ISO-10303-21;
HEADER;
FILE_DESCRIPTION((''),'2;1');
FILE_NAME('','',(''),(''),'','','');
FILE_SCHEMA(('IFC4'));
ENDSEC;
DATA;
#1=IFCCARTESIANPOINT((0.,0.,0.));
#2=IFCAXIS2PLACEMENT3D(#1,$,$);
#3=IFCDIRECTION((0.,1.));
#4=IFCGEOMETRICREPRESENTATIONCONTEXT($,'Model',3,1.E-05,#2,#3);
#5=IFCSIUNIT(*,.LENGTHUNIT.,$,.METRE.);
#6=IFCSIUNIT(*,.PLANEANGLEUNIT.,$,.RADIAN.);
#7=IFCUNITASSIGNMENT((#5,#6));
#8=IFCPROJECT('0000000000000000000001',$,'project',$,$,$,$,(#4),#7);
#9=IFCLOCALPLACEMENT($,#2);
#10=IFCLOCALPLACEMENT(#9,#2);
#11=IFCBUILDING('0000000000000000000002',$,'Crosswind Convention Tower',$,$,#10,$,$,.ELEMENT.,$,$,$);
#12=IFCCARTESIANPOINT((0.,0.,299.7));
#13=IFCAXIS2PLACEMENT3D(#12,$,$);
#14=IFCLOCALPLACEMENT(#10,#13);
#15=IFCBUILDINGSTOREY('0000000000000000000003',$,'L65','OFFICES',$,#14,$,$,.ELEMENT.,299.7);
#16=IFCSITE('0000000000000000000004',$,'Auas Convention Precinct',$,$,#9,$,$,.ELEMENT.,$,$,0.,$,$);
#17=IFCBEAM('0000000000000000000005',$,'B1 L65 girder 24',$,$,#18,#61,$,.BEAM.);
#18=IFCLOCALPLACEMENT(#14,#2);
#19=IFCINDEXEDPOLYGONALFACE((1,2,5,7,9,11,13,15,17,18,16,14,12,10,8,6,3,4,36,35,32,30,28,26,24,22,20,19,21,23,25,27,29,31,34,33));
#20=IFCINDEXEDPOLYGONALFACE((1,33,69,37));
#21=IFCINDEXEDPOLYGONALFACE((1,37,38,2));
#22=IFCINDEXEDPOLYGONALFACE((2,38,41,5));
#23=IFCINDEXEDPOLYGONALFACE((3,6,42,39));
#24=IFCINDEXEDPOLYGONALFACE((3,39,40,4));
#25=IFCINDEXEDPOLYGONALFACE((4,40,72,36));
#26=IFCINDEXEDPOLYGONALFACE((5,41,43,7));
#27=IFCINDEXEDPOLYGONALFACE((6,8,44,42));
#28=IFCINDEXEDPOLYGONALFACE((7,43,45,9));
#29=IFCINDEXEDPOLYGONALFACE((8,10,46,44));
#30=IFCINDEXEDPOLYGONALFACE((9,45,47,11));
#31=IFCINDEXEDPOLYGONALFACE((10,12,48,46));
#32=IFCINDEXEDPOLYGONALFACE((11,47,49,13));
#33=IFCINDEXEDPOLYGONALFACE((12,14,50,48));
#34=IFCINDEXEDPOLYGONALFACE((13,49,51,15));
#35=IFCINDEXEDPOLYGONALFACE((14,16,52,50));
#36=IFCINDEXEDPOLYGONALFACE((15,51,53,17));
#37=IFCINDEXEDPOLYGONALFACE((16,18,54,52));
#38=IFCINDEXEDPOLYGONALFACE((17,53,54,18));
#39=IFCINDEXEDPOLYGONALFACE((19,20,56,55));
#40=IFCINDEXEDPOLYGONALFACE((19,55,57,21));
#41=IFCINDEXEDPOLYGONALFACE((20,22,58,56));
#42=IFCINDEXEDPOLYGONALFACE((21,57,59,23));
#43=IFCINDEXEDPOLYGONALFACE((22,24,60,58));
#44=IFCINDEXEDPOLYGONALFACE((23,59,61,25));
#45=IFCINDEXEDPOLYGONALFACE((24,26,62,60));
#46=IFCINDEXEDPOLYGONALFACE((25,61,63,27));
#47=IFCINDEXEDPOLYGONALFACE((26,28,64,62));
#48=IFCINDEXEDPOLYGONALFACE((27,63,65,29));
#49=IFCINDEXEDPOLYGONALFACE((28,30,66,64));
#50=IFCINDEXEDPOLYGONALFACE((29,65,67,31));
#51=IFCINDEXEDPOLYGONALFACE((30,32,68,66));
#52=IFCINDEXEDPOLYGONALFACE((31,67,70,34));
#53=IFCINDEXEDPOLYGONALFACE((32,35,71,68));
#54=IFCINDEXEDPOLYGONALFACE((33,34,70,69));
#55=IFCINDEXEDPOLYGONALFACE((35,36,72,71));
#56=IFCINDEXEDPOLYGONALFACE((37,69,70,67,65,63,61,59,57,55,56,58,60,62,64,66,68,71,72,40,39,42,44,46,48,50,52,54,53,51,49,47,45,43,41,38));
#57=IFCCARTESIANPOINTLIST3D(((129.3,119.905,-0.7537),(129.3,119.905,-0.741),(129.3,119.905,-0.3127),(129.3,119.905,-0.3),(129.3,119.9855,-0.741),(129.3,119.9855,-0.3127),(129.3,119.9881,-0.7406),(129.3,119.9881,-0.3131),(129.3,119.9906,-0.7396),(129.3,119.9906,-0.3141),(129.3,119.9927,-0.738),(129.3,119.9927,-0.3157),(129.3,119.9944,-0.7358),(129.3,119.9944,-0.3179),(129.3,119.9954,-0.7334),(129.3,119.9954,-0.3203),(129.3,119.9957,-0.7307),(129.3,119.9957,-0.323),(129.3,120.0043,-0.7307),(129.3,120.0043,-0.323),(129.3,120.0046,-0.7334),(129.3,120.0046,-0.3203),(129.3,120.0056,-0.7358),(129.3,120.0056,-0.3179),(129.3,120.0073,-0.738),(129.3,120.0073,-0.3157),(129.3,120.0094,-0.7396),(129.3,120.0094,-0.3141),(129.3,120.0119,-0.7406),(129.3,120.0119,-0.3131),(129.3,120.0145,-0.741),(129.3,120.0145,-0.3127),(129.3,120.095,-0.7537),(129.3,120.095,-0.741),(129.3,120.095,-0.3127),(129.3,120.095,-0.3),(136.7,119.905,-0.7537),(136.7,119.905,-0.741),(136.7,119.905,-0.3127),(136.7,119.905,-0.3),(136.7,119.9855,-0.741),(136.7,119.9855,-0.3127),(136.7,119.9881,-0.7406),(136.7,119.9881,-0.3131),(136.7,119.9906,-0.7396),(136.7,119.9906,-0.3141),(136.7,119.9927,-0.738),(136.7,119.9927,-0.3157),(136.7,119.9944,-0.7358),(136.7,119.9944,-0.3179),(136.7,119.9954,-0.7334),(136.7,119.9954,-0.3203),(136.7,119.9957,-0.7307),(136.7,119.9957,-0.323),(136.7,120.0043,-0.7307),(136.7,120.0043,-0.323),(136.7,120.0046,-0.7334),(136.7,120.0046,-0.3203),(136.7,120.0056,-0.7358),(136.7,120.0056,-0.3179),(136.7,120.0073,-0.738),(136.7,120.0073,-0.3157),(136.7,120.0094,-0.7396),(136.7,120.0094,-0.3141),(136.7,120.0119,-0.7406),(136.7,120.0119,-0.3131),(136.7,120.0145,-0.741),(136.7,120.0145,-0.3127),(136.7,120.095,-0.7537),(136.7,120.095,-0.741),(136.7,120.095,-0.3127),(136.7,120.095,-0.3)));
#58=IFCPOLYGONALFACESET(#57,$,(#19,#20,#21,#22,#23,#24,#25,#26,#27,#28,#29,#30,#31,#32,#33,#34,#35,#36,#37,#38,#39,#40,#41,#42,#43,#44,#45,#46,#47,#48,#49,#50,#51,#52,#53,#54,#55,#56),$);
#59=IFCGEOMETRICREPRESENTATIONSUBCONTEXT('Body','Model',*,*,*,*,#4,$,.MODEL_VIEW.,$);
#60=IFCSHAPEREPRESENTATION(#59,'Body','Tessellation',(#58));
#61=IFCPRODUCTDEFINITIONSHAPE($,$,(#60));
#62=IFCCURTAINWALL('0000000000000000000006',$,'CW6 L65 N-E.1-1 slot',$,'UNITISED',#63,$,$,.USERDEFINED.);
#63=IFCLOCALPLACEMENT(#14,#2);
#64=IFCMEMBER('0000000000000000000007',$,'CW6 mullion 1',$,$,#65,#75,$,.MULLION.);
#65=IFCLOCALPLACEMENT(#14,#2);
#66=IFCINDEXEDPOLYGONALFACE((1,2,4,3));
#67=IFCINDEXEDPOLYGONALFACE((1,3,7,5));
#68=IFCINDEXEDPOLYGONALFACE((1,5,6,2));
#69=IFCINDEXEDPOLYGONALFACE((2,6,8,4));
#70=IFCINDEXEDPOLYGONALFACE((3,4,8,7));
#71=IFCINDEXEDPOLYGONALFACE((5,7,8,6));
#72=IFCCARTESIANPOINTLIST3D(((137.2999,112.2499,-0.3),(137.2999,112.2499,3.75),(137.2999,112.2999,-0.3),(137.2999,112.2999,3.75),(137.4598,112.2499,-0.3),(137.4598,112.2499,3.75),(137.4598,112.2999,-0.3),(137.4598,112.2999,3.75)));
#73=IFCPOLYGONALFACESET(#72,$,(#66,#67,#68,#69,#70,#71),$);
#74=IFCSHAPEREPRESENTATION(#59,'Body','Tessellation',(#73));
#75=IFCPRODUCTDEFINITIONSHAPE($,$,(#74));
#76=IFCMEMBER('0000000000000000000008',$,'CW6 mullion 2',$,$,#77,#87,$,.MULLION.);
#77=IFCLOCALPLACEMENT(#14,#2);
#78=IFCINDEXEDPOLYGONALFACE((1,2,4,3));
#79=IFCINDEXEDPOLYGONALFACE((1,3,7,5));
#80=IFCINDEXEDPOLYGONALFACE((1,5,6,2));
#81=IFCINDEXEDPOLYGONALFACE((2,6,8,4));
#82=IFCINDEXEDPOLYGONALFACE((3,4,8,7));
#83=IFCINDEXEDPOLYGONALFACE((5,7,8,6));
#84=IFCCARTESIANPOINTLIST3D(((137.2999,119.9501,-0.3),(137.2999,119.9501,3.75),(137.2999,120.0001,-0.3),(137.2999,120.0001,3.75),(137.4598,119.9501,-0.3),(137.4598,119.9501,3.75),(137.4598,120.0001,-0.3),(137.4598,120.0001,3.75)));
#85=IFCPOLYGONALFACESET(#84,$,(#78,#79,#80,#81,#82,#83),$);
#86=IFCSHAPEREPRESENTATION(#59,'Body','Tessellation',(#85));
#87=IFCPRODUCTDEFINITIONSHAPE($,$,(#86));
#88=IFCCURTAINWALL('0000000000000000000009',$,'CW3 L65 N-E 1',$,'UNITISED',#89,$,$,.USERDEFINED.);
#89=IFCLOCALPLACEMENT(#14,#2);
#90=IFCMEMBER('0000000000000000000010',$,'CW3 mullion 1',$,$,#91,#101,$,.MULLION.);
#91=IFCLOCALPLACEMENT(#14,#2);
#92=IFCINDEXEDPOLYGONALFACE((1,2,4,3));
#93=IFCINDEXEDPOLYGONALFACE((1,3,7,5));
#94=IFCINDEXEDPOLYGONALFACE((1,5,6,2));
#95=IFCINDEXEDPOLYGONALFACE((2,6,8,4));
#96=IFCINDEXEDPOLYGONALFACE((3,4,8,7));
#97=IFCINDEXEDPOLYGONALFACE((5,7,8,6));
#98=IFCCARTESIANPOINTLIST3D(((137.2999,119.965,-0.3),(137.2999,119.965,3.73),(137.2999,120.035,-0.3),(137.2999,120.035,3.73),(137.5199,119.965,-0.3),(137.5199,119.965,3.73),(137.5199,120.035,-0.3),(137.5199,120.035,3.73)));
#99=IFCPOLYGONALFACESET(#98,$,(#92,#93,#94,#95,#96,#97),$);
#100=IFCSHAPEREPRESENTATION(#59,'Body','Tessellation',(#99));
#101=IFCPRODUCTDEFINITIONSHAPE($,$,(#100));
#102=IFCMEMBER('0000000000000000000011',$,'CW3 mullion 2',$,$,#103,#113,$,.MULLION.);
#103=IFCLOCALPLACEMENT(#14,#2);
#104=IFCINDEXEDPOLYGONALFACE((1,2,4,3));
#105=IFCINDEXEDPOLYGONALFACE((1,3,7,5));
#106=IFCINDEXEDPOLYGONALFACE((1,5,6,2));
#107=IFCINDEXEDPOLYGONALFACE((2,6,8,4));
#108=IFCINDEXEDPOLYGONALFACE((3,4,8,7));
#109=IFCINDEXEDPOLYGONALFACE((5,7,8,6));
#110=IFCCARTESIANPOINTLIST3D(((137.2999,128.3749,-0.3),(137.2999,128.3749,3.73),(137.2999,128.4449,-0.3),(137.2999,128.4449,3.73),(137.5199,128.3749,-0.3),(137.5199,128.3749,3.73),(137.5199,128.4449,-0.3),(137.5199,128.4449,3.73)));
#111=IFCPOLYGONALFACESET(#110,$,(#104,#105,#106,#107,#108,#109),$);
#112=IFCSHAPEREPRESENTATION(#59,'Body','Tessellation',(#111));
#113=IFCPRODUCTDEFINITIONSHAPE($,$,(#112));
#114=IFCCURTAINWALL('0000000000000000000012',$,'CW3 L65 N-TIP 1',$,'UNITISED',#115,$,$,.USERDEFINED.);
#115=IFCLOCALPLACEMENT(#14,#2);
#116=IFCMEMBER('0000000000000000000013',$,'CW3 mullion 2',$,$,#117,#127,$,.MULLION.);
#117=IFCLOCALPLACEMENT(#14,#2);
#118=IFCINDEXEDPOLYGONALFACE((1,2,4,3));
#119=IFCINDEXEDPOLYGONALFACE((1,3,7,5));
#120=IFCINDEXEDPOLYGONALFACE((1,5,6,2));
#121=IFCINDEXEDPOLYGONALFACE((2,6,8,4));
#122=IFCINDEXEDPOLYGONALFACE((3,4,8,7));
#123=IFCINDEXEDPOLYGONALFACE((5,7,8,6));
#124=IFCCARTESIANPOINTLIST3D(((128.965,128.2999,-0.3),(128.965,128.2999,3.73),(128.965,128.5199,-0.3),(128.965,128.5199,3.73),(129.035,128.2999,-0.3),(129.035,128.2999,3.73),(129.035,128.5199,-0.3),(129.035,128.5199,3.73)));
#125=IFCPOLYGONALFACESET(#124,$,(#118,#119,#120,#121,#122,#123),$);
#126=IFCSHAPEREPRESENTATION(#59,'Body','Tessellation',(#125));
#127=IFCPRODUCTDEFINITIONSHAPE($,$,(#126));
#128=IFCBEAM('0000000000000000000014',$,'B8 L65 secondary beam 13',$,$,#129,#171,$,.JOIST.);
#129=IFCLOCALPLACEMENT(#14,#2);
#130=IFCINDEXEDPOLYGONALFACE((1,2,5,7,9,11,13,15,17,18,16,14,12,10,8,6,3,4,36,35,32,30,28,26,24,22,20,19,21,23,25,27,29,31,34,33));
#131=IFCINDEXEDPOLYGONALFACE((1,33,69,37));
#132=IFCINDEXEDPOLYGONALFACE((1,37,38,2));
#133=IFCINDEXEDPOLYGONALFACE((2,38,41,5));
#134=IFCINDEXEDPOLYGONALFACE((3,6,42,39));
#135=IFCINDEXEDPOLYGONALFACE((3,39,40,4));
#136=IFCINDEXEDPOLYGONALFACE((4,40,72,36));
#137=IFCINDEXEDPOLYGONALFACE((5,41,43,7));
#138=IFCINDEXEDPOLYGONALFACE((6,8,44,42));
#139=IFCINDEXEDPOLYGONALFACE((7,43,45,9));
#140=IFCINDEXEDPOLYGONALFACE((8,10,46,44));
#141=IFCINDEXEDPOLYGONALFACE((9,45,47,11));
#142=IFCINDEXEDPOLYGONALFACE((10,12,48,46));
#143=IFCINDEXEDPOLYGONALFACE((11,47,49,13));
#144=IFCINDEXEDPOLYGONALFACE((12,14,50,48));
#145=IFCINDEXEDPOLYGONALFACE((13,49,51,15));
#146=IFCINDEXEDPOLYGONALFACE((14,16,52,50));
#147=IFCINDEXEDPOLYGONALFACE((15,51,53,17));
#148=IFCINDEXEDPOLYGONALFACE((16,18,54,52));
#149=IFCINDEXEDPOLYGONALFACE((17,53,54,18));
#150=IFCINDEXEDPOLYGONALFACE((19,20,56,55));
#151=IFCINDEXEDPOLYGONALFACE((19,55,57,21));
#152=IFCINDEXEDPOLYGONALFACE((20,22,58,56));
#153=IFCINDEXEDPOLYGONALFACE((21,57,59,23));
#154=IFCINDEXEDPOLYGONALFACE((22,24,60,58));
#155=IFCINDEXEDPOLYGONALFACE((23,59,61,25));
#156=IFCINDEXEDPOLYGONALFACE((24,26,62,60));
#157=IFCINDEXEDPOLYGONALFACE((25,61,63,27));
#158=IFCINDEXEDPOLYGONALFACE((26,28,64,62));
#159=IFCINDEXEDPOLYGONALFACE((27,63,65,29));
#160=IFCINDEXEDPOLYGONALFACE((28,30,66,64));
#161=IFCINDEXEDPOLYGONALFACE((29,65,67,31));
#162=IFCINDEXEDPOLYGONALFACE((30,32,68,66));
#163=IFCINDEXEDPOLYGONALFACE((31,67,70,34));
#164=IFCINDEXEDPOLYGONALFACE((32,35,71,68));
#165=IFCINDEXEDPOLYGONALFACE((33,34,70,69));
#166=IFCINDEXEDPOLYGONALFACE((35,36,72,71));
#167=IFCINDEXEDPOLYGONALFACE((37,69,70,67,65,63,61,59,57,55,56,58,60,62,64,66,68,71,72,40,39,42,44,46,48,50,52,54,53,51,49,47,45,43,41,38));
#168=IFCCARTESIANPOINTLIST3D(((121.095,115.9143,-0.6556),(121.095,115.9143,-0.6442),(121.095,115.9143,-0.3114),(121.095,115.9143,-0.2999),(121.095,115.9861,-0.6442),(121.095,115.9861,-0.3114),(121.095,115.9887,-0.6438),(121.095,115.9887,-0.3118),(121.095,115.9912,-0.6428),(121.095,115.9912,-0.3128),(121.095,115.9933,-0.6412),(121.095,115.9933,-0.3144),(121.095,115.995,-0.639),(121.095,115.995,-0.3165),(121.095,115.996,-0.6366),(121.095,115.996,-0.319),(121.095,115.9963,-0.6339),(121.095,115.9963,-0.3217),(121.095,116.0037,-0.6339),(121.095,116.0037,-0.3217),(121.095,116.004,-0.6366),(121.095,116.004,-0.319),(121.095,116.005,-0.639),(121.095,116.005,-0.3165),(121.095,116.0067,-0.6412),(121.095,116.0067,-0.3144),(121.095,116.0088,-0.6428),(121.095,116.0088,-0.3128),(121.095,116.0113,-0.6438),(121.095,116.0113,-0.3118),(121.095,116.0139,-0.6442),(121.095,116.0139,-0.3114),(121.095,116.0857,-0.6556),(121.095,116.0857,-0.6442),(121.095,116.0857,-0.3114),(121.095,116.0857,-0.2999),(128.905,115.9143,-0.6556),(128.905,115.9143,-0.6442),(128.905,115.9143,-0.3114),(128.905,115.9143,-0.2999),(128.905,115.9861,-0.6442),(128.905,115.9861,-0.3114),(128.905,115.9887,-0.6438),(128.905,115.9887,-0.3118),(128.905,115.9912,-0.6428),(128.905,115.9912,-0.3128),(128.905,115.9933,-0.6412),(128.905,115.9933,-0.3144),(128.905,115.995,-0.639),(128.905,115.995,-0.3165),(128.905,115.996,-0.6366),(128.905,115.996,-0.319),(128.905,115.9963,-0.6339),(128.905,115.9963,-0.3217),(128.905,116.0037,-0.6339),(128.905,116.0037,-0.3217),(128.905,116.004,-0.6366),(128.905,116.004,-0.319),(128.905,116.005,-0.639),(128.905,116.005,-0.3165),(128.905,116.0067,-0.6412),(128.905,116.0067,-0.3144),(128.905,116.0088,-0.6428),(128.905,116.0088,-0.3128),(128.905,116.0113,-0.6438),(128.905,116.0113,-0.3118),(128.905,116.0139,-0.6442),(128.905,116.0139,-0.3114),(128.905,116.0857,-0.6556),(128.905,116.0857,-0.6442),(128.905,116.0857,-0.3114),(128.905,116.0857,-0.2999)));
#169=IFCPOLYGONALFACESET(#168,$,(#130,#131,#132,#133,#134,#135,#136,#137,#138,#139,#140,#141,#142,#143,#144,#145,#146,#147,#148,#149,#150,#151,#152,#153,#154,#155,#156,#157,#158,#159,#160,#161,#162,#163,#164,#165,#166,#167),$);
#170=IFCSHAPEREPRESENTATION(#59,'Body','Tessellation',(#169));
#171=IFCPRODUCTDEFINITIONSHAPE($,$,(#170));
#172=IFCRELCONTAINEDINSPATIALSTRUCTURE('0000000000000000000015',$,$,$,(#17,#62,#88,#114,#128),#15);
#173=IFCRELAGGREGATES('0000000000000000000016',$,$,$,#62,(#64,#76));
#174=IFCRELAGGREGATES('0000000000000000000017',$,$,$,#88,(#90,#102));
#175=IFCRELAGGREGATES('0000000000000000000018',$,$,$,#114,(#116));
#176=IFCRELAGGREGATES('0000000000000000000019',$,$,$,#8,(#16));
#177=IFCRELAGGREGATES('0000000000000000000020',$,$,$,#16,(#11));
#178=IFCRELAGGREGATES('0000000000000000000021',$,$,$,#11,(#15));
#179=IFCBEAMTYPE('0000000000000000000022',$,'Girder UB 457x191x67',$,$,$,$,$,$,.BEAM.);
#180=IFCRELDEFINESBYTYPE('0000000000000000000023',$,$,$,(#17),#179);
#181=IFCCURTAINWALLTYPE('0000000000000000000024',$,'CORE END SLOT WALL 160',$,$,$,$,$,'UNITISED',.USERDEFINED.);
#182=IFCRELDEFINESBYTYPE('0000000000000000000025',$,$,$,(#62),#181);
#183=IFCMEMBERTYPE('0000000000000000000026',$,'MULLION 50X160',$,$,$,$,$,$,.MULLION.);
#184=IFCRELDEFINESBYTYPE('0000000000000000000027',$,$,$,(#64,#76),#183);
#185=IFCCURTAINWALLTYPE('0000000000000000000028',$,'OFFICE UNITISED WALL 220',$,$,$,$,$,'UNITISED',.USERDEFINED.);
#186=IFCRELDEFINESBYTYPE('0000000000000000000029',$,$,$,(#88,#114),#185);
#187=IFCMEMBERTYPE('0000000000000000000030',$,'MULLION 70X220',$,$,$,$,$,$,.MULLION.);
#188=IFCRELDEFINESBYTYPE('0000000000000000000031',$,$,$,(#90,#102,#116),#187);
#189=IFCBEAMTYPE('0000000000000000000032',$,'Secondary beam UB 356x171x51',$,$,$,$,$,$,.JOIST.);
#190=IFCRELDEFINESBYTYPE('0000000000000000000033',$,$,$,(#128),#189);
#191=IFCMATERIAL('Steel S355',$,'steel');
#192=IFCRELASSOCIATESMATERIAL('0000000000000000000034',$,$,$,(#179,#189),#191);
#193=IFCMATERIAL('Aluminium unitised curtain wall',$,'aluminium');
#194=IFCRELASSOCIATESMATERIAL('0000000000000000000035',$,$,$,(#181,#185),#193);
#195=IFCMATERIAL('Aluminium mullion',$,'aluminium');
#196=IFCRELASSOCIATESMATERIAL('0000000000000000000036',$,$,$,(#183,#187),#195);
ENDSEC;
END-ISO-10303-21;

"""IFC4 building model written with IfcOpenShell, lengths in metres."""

from ifc_helpers import new_model, si_unit, direction, frame, origin, origin_2d, place, context, subcontext, project, spatial, rectangle, i_section, extrude, material, material_profile, profile_set, type_object, element, aggregate, save


model = new_model("IFC4")

# Units and contexts
model_context = context("Model", 3, precision=1e-05, world=origin(), true_north=direction((0.0, 1.0)))
body_context = subcontext(model_context, "Body", "Model", "MODEL_VIEW")
ifc_project = project(units=[si_unit("LENGTHUNIT", "METRE"), si_unit("PLANEANGLEUNIT", "RADIAN")], contexts=[model_context])

# Site, building, storey
site_placement = place(None, origin())
site = spatial("IfcSite", under=ifc_project, at=site_placement, Name="Auas Convention Precinct", CompositionType="ELEMENT", RefElevation=0.0)
building_placement = place(site_placement, origin())
building = spatial("IfcBuilding", under=site, at=building_placement, Name="Crosswind Convention Tower", CompositionType="ELEMENT")
storey_placement = place(building_placement, frame((0.0, 0.0, 299.7)))
storey = spatial("IfcBuildingStorey", under=building, at=storey_placement, Name="L65", Description="OFFICES", CompositionType="ELEMENT", Elevation=299.7)

# Beam
ifc_material_1 = material(Name="Steel S355", Category="steel")
ifc_material_profile_1 = material_profile(ifc_material_1, i_section(OverallWidth=0.1899, OverallDepth=0.4536, WebThickness=0.0085, FlangeThickness=0.0127, FilletRadius=0.0103, at=origin_2d()), Name="UB 457x191x67")
ifc_profile_set_1 = profile_set([ifc_material_profile_1], Name="Steel S355")
beam_type_1 = type_object("IfcBeamType", Name="Girder UB 457x191x67", PredefinedType="BEAM", material=ifc_profile_set_1)
for number, where, z_axis, x_axis, name in (
    (1, (129.3, 120.0, -0.5269), (1.0, 0.0, 0.0), (0.0, 1.0, 0.0), "B1 L65 girder 24"),
):
    element("IfcBeam", number, at=place(storey_placement, frame(where, z_axis=z_axis, x_axis=x_axis)), inside=storey, type_object=beam_type_1, Name=name, PredefinedType="BEAM", context=body_context, shape_type="SweptSolid", body=[
        extrude(i_section(OverallWidth=0.1899, OverallDepth=0.4536, WebThickness=0.0085, FlangeThickness=0.0127, FilletRadius=0.0103, at=origin_2d()), origin(), (0.0, 0.0, 1.0), 7.3999),
    ])

# Curtain walls, members
ifc_material_2 = material(Name="Aluminium unitised curtain wall", Category="aluminium")
curtain_wall_type_1 = type_object("IfcCurtainWallType", Name="CORE END SLOT WALL 160", ElementType="UNITISED", PredefinedType="USERDEFINED", material=ifc_material_2)
curtain_wall_1_placement = place(storey_placement, origin())
curtain_wall_1 = element("IfcCurtainWall", 2, at=curtain_wall_1_placement, inside=storey, type_object=curtain_wall_type_1, Name="CW6 L65 N-E.1-1 slot", ObjectType="UNITISED", PredefinedType="USERDEFINED")
ifc_material_3 = material(Name="Aluminium mullion", Category="aluminium")
ifc_material_profile_2 = material_profile(ifc_material_3, rectangle(XDim=0.1599, YDim=0.05, at=origin_2d()), Name="AL 160X50")
ifc_profile_set_2 = profile_set([ifc_material_profile_2], Name="Aluminium mullion")
member_type_1 = type_object("IfcMemberType", Name="MULLION 50X160", PredefinedType="MULLION", material=ifc_profile_set_2)
member_1_placement = place(storey_placement, frame((137.3799, 112.2749, -0.3), z_axis=(0.0, 0.0, 1.0), x_axis=(1.0, 0.0, 0.0)))
member_1 = element("IfcMember", 3, at=member_1_placement, type_object=member_type_1, Name="CW6 mullion 1", PredefinedType="MULLION", context=body_context, shape_type="SweptSolid", body=[
    extrude(rectangle(XDim=0.1599, YDim=0.05, at=origin_2d()), origin(), (0.0, 0.0, 1.0), 4.05),
])
member_2_placement = place(storey_placement, frame((137.3799, 119.9751, -0.3), z_axis=(0.0, 0.0, 1.0), x_axis=(1.0, 0.0, 0.0)))
member_2 = element("IfcMember", 4, at=member_2_placement, type_object=member_type_1, Name="CW6 mullion 2", PredefinedType="MULLION", context=body_context, shape_type="SweptSolid", body=[
    extrude(rectangle(XDim=0.1599, YDim=0.05, at=origin_2d()), origin(), (0.0, 0.0, 1.0), 4.05),
])
curtain_wall_type_2 = type_object("IfcCurtainWallType", Name="OFFICE UNITISED WALL 220", ElementType="UNITISED", PredefinedType="USERDEFINED", material=ifc_material_2)
curtain_wall_2_placement = place(storey_placement, origin())
curtain_wall_2 = element("IfcCurtainWall", 5, at=curtain_wall_2_placement, inside=storey, type_object=curtain_wall_type_2, Name="CW3 L65 N-E 1", ObjectType="UNITISED", PredefinedType="USERDEFINED")
ifc_material_profile_3 = material_profile(ifc_material_3, rectangle(XDim=0.22, YDim=0.0701, at=origin_2d()), Name="AL 220X70")
ifc_profile_set_3 = profile_set([ifc_material_profile_3], Name="Aluminium mullion")
member_type_2 = type_object("IfcMemberType", Name="MULLION 70X220", PredefinedType="MULLION", material=ifc_profile_set_3)
member_3_placement = place(storey_placement, frame((137.4099, 120.0, -0.3), z_axis=(0.0, 0.0, 1.0), x_axis=(1.0, 0.0, 0.0)))
member_3 = element("IfcMember", 6, at=member_3_placement, type_object=member_type_2, Name="CW3 mullion 1", PredefinedType="MULLION", context=body_context, shape_type="SweptSolid", body=[
    extrude(rectangle(XDim=0.22, YDim=0.0701, at=origin_2d()), origin(), (0.0, 0.0, 1.0), 4.03),
])
member_4_placement = place(storey_placement, frame((137.4099, 128.4099, -0.3), z_axis=(0.0, 0.0, 1.0), x_axis=(1.0, 0.0, 0.0)))
member_4 = element("IfcMember", 7, at=member_4_placement, type_object=member_type_2, Name="CW3 mullion 2", PredefinedType="MULLION", context=body_context, shape_type="SweptSolid", body=[
    extrude(rectangle(XDim=0.22, YDim=0.0701, at=origin_2d()), origin(), (0.0, 0.0, 1.0), 4.03),
])

# Curtain wall, member
curtain_wall_3_placement = place(storey_placement, origin())
curtain_wall_3 = element("IfcCurtainWall", 8, at=curtain_wall_3_placement, inside=storey, type_object=curtain_wall_type_2, Name="CW3 L65 N-TIP 1", ObjectType="UNITISED", PredefinedType="USERDEFINED")
member_5_placement = place(storey_placement, frame((129.0, 128.4099, -0.3), z_axis=(0.0, 0.0, 1.0), x_axis=(0.0, 1.0, 0.0)))
member_5 = element("IfcMember", 9, at=member_5_placement, type_object=member_type_2, Name="CW3 mullion 2", PredefinedType="MULLION", context=body_context, shape_type="SweptSolid", body=[
    extrude(rectangle(XDim=0.22, YDim=0.0701, at=origin_2d()), origin(), (0.0, 0.0, 1.0), 4.03),
])

# Beam
ifc_material_profile_4 = material_profile(ifc_material_1, i_section(OverallWidth=0.1714, OverallDepth=0.3557, WebThickness=0.0073, FlangeThickness=0.0115, FilletRadius=0.0103, at=origin_2d()), Name="UB 356x171x51")
ifc_profile_set_4 = profile_set([ifc_material_profile_4], Name="Steel S355")
beam_type_2 = type_object("IfcBeamType", Name="Secondary beam UB 356x171x51", PredefinedType="JOIST", material=ifc_profile_set_4)
for number, where, z_axis, x_axis, name in (
    (10, (121.095, 116.0, -0.4778), (1.0, 0.0, 0.0), (0.0, 1.0, 0.0), "B8 L65 secondary beam 13"),
):
    element("IfcBeam", number, at=place(storey_placement, frame(where, z_axis=z_axis, x_axis=x_axis)), inside=storey, type_object=beam_type_2, Name=name, PredefinedType="JOIST", context=body_context, shape_type="SweptSolid", body=[
        extrude(i_section(OverallWidth=0.1714, OverallDepth=0.3557, WebThickness=0.0073, FlangeThickness=0.0115, FilletRadius=0.0103, at=origin_2d()), origin(), (0.0, 0.0, 1.0), 7.8101),
    ])

aggregate(curtain_wall_1, [member_1, member_2])

aggregate(curtain_wall_2, [member_3, member_4])
aggregate(curtain_wall_3, [member_5])

save(model, "model.ifc")
